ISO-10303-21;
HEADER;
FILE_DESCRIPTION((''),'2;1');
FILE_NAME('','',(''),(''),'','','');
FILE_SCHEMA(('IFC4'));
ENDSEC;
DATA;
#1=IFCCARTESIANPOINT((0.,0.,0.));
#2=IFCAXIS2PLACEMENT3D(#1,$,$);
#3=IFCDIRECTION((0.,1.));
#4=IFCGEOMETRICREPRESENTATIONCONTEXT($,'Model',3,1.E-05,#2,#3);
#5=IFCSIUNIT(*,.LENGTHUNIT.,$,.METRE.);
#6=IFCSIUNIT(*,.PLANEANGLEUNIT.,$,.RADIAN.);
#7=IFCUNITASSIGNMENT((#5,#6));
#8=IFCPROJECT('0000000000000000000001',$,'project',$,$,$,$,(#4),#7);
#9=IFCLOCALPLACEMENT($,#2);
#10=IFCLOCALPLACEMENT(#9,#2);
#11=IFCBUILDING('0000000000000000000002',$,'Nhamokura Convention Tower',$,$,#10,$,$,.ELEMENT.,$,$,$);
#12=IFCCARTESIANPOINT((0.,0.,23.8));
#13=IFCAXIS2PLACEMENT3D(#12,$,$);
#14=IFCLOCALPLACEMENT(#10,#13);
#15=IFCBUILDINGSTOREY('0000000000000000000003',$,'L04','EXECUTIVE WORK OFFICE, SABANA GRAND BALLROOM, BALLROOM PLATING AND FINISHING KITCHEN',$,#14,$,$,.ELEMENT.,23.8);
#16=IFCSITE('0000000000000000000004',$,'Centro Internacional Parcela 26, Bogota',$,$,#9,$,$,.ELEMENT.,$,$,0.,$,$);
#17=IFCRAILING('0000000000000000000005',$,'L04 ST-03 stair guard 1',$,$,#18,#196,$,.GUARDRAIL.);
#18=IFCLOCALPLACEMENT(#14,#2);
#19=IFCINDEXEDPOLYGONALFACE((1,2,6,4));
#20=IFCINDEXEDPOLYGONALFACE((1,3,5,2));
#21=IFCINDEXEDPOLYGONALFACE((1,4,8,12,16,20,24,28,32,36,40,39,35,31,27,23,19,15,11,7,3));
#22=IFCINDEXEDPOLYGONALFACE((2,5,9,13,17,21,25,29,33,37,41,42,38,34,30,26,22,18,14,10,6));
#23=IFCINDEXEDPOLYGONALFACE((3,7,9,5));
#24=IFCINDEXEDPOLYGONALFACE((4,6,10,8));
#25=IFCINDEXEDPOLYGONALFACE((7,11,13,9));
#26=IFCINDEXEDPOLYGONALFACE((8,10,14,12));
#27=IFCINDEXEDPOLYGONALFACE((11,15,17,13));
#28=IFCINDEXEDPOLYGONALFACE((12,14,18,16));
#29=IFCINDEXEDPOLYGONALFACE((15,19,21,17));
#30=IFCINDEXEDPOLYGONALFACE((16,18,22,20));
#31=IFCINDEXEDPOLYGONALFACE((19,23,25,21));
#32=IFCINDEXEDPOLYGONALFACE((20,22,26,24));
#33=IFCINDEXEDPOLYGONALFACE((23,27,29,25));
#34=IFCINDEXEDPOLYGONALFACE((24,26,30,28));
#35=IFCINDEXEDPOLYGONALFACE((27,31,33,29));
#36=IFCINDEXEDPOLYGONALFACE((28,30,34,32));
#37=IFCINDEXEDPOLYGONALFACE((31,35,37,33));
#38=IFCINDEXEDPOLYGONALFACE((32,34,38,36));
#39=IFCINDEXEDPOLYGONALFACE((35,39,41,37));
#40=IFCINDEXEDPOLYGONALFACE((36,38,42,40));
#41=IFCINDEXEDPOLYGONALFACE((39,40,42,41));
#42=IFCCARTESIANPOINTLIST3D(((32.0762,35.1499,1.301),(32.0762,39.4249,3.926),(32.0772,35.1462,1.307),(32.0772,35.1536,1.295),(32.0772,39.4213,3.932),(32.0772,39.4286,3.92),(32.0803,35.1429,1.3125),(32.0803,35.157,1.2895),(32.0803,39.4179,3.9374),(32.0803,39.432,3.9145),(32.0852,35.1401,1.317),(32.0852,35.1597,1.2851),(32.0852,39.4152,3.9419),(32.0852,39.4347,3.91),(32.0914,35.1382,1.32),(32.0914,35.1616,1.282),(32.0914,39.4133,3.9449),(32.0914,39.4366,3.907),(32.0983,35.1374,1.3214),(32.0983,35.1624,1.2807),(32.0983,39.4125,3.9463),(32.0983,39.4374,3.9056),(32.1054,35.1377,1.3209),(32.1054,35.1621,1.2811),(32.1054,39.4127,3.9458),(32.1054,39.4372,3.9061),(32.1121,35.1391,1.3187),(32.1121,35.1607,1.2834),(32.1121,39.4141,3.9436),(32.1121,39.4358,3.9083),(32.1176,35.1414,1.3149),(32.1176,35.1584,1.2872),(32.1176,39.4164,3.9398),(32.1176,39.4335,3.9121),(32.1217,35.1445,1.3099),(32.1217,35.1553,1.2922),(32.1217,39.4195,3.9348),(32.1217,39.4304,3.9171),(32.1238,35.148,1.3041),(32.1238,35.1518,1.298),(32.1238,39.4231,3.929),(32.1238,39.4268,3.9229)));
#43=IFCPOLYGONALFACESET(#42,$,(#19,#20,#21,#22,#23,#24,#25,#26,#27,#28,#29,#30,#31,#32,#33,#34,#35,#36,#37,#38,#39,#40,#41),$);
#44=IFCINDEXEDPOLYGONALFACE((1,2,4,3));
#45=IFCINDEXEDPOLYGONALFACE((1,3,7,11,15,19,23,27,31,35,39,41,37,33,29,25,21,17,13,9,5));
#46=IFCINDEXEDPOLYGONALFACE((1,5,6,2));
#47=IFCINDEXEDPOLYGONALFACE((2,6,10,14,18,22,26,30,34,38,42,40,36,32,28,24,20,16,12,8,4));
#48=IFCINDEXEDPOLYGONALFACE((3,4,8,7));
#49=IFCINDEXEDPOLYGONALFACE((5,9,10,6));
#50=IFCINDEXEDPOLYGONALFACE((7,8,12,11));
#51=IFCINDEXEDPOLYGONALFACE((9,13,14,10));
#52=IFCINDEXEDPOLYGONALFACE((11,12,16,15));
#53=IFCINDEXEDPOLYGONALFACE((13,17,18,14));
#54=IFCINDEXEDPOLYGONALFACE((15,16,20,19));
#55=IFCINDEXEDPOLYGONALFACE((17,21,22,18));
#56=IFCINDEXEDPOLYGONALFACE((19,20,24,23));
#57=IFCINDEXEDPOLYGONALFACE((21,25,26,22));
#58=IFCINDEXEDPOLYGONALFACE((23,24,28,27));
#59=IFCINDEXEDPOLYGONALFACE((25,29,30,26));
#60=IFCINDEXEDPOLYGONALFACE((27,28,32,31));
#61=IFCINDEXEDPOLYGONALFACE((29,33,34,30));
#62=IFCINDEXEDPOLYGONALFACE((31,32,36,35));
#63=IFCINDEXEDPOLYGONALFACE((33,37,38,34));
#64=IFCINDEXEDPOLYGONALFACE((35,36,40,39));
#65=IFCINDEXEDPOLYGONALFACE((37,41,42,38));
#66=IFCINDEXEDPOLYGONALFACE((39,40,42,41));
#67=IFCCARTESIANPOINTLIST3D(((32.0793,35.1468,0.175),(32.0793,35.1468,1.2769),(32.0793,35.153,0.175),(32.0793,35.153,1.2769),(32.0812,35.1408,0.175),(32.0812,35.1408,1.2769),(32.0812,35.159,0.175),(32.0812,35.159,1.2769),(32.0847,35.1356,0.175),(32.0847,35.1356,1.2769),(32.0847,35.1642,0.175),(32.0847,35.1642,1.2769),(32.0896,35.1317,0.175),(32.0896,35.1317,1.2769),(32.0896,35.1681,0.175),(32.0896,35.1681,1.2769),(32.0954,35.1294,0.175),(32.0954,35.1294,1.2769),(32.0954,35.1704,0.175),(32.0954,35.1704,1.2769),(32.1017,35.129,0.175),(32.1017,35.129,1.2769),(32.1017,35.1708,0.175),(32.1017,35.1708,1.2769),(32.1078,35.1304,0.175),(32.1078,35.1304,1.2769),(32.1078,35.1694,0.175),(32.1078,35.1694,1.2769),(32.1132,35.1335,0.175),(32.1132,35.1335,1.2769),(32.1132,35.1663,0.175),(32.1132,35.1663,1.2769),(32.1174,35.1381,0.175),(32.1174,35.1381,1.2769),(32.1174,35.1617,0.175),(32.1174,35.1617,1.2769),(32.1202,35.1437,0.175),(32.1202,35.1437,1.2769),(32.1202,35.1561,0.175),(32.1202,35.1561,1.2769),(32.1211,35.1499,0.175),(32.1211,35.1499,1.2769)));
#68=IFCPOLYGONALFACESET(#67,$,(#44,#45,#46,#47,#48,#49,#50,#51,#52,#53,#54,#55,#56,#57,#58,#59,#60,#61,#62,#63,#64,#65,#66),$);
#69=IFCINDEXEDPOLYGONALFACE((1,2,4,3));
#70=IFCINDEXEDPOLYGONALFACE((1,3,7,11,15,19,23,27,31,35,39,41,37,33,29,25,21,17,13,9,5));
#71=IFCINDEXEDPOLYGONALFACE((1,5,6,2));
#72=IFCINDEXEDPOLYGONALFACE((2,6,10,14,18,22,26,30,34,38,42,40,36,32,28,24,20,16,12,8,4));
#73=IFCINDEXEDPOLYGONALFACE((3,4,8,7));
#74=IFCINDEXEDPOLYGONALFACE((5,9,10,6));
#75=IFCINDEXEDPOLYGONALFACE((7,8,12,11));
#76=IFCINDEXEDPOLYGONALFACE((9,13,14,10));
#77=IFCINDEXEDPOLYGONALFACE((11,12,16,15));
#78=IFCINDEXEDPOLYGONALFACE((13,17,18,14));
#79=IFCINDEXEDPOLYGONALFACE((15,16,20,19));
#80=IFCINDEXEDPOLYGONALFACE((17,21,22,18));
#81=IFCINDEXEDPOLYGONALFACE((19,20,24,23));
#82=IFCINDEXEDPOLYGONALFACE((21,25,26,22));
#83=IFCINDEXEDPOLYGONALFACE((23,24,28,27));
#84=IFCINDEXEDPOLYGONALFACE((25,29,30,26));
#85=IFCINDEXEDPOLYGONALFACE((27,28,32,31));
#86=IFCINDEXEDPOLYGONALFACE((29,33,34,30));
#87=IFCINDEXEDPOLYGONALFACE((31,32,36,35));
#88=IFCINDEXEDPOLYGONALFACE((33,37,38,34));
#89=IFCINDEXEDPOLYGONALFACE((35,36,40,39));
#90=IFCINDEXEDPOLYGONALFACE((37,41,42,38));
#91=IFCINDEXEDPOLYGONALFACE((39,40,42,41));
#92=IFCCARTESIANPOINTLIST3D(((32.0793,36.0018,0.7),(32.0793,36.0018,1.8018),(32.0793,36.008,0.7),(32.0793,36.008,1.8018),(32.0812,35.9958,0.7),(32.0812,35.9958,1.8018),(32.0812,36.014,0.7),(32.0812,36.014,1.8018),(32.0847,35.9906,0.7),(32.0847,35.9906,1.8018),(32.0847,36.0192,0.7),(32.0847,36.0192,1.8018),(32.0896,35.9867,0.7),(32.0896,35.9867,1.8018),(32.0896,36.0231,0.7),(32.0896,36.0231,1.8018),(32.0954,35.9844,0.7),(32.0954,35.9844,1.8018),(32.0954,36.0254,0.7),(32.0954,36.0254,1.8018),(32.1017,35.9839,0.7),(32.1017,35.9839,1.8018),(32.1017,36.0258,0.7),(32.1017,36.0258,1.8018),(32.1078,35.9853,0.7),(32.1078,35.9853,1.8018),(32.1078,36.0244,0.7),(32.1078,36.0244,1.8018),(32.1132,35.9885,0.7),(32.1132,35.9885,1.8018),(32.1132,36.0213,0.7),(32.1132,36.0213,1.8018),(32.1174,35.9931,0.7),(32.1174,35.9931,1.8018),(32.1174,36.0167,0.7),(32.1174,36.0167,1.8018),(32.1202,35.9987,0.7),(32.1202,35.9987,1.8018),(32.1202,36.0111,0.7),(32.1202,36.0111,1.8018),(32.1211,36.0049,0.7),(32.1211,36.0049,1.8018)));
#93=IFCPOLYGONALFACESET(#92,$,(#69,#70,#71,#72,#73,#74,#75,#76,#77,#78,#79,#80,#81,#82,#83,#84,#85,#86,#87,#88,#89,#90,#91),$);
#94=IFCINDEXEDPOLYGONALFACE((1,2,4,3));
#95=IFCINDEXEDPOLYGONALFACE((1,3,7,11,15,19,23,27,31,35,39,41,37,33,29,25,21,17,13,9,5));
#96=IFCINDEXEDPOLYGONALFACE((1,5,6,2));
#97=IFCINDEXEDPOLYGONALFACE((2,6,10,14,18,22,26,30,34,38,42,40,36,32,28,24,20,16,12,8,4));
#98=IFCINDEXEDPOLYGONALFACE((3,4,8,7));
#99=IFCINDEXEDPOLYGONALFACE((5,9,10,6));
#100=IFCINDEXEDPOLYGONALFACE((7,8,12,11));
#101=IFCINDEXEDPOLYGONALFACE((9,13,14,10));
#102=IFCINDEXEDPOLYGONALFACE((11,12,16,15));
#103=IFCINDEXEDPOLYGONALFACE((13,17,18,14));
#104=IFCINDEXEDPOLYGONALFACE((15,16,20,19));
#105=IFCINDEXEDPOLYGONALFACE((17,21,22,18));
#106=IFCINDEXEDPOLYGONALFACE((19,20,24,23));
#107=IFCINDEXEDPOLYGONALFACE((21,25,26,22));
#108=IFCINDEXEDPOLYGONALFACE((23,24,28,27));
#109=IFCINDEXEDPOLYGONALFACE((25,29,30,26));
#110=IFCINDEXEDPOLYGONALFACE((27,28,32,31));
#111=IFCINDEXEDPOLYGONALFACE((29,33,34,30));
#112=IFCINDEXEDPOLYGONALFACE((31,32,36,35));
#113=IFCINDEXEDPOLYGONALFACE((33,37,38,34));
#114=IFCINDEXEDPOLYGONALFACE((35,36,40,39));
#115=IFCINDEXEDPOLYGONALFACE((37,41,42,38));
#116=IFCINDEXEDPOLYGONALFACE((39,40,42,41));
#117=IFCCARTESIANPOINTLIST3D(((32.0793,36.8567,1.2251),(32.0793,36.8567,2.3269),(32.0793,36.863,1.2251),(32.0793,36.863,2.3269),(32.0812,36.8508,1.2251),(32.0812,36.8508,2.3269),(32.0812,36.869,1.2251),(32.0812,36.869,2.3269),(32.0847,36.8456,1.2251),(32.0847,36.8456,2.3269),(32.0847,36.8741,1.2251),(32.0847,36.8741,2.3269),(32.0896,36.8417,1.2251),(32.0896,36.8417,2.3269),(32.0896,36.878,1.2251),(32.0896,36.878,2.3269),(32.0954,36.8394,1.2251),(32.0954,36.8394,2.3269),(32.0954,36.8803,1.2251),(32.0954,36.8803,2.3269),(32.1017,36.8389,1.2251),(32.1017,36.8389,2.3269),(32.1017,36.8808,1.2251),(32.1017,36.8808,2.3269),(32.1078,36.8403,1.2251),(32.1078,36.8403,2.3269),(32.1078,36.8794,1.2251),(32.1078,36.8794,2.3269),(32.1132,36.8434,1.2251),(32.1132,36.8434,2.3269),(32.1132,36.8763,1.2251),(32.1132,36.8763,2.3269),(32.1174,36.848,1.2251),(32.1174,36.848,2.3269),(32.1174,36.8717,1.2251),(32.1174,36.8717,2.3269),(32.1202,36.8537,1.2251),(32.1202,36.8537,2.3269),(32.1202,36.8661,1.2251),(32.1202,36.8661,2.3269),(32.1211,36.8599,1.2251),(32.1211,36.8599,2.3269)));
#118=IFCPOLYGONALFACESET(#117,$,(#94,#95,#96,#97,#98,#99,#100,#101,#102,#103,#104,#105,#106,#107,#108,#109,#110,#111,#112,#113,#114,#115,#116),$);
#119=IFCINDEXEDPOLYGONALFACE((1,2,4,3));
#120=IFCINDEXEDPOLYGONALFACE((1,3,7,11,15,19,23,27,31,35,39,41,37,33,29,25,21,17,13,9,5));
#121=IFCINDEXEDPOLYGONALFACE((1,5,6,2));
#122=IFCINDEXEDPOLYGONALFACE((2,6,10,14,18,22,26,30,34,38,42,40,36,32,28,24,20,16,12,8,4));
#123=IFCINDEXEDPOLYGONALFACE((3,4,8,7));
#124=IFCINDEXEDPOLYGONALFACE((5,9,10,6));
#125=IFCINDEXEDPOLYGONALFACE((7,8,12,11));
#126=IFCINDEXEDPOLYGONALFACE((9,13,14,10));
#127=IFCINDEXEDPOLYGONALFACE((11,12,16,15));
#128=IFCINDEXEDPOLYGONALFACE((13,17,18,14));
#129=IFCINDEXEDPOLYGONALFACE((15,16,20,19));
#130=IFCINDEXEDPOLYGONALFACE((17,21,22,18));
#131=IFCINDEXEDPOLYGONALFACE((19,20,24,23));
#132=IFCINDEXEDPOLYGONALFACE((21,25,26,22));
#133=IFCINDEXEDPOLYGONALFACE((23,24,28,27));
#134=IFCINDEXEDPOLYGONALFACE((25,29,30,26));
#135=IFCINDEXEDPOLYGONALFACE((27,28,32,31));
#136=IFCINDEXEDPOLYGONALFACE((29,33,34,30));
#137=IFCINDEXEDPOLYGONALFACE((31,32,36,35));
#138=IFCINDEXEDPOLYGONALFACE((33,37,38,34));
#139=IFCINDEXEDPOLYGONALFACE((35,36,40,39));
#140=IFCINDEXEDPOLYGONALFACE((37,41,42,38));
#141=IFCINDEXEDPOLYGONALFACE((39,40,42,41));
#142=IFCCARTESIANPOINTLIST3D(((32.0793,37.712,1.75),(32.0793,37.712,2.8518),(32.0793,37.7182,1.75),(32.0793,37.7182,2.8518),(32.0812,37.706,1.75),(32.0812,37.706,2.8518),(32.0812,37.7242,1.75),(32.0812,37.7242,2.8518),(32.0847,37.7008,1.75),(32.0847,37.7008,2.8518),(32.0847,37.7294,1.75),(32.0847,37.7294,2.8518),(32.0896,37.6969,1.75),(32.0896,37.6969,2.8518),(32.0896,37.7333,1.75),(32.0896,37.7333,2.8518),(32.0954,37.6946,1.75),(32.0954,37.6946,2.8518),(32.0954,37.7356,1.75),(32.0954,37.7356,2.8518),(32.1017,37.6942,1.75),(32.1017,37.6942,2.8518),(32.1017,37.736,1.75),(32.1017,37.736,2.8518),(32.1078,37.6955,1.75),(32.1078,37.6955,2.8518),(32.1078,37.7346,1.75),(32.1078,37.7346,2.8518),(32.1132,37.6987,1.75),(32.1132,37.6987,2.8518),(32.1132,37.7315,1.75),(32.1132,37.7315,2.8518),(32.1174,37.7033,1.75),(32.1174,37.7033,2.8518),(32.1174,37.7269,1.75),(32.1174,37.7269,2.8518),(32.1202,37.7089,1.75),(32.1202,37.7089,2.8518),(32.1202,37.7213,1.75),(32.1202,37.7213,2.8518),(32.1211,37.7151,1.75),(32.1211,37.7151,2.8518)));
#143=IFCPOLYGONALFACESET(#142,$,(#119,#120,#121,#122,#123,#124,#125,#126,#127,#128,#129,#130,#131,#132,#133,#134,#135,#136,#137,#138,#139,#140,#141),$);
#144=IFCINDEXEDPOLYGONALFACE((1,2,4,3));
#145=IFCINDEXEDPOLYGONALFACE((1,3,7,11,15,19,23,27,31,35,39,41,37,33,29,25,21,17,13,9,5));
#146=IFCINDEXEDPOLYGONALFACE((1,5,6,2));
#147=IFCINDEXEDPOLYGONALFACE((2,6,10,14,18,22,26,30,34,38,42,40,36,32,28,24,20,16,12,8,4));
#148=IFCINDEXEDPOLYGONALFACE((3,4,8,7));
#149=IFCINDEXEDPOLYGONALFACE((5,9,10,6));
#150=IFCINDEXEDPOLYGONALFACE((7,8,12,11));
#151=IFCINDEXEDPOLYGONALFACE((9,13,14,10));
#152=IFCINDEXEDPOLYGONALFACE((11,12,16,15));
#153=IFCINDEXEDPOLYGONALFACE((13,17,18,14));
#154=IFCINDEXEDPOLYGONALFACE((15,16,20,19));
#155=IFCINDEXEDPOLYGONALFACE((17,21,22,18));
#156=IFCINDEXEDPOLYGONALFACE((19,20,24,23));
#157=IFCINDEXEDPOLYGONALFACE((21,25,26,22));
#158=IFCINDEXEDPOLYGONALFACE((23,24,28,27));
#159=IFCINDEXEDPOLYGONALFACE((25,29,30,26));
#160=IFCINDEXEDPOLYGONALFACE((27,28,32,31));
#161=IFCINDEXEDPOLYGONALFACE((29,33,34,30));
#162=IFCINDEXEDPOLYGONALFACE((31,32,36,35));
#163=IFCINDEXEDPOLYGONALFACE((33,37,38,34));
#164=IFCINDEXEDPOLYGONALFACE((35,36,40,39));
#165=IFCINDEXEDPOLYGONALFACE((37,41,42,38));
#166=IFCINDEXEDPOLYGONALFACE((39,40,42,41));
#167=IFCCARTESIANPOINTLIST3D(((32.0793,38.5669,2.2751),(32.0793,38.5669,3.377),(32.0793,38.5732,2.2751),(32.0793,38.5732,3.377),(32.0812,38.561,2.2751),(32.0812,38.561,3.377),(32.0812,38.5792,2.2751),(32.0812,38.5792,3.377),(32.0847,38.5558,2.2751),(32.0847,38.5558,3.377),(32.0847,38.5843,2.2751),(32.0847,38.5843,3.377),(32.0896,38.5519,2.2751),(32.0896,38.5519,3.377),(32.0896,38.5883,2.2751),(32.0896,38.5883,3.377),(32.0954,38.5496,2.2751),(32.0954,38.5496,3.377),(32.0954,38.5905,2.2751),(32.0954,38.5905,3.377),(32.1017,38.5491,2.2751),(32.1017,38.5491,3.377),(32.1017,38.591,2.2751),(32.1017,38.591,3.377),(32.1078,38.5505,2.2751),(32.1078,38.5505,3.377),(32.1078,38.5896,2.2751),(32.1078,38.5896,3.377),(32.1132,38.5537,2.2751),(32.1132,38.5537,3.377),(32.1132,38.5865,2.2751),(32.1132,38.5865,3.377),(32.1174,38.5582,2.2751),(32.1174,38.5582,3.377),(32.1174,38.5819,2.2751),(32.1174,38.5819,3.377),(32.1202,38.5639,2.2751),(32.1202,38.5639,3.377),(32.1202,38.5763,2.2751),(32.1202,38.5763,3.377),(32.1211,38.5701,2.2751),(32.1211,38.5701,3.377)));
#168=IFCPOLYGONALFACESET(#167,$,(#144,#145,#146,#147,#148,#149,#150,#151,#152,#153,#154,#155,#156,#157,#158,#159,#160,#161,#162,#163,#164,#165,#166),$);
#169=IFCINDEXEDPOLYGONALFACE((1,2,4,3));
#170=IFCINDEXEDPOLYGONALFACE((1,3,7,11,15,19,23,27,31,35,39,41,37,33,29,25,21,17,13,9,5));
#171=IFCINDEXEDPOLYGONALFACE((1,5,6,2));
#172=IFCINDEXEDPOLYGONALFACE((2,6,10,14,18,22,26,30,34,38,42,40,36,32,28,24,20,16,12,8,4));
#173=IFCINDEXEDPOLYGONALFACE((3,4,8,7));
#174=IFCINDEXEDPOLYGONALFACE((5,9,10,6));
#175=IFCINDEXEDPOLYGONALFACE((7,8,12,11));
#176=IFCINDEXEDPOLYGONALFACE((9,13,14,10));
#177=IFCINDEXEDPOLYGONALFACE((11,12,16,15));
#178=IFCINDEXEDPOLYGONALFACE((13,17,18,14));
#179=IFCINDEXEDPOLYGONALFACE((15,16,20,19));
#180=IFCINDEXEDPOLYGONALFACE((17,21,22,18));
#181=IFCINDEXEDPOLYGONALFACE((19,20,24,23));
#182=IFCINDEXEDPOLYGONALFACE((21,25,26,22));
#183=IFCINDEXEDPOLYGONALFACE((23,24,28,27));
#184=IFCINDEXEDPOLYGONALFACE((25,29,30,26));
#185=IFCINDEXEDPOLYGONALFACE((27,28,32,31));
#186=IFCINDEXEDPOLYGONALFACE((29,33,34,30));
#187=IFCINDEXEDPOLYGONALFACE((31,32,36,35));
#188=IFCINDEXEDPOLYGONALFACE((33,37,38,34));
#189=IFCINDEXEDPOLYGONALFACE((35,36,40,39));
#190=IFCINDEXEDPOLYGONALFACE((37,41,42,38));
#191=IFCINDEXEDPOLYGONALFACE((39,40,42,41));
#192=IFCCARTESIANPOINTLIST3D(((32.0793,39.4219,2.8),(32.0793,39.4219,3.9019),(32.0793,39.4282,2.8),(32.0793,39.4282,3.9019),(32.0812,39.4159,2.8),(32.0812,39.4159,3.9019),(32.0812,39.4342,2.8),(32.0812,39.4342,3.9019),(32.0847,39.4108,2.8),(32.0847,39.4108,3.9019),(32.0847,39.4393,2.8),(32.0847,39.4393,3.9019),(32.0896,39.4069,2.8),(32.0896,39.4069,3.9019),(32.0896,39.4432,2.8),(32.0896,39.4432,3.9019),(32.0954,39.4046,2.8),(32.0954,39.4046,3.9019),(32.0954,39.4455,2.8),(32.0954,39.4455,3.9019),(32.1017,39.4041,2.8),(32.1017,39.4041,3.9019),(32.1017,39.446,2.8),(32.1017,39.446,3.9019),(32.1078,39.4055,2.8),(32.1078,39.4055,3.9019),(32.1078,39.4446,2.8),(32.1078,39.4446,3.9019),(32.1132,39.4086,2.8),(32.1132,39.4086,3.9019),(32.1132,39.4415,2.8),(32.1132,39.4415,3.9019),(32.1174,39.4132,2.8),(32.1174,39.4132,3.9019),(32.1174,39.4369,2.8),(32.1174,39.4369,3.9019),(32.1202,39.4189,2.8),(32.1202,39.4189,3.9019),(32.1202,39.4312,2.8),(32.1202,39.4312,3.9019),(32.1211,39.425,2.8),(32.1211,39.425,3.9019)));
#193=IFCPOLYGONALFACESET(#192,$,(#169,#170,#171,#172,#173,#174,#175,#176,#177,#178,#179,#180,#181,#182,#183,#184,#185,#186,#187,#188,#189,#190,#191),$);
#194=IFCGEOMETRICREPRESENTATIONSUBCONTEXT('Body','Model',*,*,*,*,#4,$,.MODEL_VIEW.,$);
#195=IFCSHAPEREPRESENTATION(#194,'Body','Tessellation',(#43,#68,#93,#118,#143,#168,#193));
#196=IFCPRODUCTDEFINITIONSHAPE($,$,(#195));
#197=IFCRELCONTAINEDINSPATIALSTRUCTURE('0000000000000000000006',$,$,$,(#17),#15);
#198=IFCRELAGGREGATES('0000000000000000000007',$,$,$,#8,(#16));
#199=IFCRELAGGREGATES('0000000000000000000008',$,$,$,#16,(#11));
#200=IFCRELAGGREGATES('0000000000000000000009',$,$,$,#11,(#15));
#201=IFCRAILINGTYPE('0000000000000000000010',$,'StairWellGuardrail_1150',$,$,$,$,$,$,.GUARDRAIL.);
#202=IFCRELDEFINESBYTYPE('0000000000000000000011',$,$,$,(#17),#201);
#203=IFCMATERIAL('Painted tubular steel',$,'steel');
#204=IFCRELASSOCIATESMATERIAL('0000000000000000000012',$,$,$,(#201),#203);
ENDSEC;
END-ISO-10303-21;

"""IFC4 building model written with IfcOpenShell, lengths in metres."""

from ifc_helpers import new_model, si_unit, direction, frame, origin, origin_2d, place, context, subcontext, project, spatial, circle, extrude, material, type_object, element, save


model = new_model("IFC4")

# Units and contexts
model_context = context("Model", 3, precision=1e-05, world=origin(), true_north=direction((0.0, 1.0)))
body_context = subcontext(model_context, "Body", "Model", "MODEL_VIEW")
ifc_project = project(units=[si_unit("LENGTHUNIT", "METRE"), si_unit("PLANEANGLEUNIT", "RADIAN")], contexts=[model_context])

# Site, building, storey
site_placement = place(None, origin())
site = spatial("IfcSite", under=ifc_project, at=site_placement, Name="Centro Internacional Parcela 26, Bogota", CompositionType="ELEMENT", RefElevation=0.0)
building_placement = place(site_placement, origin())
building = spatial("IfcBuilding", under=site, at=building_placement, Name="Nhamokura Convention Tower", CompositionType="ELEMENT")
storey_placement = place(building_placement, frame((0.0, 0.0, 23.8)))
storey = spatial("IfcBuildingStorey", under=building, at=storey_placement, Name="L04", Description="EXECUTIVE WORK OFFICE, SABANA GRAND BALLROOM, BALLROOM PLATING AND FINISHING KITCHEN", CompositionType="ELEMENT", Elevation=23.8)

# Railing
ifc_material_1 = material(Name="Painted tubular steel", Category="steel")
railing_type_1 = type_object("IfcRailingType", Name="StairWellGuardrail_1150", PredefinedType="GUARDRAIL", material=ifc_material_1)
railing_1_placement = place(storey_placement, frame((32.1001, 35.1499, 0.175)))
element("IfcRailing", 1, at=railing_1_placement, inside=storey, type_object=railing_type_1, Name="L04 ST-03 stair guard 1", PredefinedType="GUARDRAIL", context=body_context, shape_type="SweptSolid", body=[
    extrude(circle(Radius=0.0239, at=origin_2d()), frame((0.0, 0.0, 1.126), z_axis=(0.0, 0.852179, 0.52325), x_axis=(-1.0, 0.0, 0.0)), (0.0, 0.0, 1.0), 5.0166),
    extrude(circle(Radius=0.021, at=origin_2d()), origin(), (0.0, 0.0, 1.0), 1.1018),
    extrude(circle(Radius=0.021, at=origin_2d()), frame((0.0, 0.855, 0.5249)), (0.0, 0.0, 1.0), 1.1018),
    extrude(circle(Radius=0.021, at=origin_2d()), frame((0.0, 1.71, 1.05)), (0.0, 0.0, 1.0), 1.1018),
    extrude(circle(Radius=0.021, at=origin_2d()), frame((0.0, 2.5652, 1.575)), (0.0, 0.0, 1.0), 1.1018),
    extrude(circle(Radius=0.021, at=origin_2d()), frame((0.0, 3.4202, 2.1001)), (0.0, 0.0, 1.0), 1.1018),
    extrude(circle(Radius=0.021, at=origin_2d()), frame((0.0, 4.2751, 2.625)), (0.0, 0.0, 1.0), 1.1018),
])

save(model, "model.ifc")
